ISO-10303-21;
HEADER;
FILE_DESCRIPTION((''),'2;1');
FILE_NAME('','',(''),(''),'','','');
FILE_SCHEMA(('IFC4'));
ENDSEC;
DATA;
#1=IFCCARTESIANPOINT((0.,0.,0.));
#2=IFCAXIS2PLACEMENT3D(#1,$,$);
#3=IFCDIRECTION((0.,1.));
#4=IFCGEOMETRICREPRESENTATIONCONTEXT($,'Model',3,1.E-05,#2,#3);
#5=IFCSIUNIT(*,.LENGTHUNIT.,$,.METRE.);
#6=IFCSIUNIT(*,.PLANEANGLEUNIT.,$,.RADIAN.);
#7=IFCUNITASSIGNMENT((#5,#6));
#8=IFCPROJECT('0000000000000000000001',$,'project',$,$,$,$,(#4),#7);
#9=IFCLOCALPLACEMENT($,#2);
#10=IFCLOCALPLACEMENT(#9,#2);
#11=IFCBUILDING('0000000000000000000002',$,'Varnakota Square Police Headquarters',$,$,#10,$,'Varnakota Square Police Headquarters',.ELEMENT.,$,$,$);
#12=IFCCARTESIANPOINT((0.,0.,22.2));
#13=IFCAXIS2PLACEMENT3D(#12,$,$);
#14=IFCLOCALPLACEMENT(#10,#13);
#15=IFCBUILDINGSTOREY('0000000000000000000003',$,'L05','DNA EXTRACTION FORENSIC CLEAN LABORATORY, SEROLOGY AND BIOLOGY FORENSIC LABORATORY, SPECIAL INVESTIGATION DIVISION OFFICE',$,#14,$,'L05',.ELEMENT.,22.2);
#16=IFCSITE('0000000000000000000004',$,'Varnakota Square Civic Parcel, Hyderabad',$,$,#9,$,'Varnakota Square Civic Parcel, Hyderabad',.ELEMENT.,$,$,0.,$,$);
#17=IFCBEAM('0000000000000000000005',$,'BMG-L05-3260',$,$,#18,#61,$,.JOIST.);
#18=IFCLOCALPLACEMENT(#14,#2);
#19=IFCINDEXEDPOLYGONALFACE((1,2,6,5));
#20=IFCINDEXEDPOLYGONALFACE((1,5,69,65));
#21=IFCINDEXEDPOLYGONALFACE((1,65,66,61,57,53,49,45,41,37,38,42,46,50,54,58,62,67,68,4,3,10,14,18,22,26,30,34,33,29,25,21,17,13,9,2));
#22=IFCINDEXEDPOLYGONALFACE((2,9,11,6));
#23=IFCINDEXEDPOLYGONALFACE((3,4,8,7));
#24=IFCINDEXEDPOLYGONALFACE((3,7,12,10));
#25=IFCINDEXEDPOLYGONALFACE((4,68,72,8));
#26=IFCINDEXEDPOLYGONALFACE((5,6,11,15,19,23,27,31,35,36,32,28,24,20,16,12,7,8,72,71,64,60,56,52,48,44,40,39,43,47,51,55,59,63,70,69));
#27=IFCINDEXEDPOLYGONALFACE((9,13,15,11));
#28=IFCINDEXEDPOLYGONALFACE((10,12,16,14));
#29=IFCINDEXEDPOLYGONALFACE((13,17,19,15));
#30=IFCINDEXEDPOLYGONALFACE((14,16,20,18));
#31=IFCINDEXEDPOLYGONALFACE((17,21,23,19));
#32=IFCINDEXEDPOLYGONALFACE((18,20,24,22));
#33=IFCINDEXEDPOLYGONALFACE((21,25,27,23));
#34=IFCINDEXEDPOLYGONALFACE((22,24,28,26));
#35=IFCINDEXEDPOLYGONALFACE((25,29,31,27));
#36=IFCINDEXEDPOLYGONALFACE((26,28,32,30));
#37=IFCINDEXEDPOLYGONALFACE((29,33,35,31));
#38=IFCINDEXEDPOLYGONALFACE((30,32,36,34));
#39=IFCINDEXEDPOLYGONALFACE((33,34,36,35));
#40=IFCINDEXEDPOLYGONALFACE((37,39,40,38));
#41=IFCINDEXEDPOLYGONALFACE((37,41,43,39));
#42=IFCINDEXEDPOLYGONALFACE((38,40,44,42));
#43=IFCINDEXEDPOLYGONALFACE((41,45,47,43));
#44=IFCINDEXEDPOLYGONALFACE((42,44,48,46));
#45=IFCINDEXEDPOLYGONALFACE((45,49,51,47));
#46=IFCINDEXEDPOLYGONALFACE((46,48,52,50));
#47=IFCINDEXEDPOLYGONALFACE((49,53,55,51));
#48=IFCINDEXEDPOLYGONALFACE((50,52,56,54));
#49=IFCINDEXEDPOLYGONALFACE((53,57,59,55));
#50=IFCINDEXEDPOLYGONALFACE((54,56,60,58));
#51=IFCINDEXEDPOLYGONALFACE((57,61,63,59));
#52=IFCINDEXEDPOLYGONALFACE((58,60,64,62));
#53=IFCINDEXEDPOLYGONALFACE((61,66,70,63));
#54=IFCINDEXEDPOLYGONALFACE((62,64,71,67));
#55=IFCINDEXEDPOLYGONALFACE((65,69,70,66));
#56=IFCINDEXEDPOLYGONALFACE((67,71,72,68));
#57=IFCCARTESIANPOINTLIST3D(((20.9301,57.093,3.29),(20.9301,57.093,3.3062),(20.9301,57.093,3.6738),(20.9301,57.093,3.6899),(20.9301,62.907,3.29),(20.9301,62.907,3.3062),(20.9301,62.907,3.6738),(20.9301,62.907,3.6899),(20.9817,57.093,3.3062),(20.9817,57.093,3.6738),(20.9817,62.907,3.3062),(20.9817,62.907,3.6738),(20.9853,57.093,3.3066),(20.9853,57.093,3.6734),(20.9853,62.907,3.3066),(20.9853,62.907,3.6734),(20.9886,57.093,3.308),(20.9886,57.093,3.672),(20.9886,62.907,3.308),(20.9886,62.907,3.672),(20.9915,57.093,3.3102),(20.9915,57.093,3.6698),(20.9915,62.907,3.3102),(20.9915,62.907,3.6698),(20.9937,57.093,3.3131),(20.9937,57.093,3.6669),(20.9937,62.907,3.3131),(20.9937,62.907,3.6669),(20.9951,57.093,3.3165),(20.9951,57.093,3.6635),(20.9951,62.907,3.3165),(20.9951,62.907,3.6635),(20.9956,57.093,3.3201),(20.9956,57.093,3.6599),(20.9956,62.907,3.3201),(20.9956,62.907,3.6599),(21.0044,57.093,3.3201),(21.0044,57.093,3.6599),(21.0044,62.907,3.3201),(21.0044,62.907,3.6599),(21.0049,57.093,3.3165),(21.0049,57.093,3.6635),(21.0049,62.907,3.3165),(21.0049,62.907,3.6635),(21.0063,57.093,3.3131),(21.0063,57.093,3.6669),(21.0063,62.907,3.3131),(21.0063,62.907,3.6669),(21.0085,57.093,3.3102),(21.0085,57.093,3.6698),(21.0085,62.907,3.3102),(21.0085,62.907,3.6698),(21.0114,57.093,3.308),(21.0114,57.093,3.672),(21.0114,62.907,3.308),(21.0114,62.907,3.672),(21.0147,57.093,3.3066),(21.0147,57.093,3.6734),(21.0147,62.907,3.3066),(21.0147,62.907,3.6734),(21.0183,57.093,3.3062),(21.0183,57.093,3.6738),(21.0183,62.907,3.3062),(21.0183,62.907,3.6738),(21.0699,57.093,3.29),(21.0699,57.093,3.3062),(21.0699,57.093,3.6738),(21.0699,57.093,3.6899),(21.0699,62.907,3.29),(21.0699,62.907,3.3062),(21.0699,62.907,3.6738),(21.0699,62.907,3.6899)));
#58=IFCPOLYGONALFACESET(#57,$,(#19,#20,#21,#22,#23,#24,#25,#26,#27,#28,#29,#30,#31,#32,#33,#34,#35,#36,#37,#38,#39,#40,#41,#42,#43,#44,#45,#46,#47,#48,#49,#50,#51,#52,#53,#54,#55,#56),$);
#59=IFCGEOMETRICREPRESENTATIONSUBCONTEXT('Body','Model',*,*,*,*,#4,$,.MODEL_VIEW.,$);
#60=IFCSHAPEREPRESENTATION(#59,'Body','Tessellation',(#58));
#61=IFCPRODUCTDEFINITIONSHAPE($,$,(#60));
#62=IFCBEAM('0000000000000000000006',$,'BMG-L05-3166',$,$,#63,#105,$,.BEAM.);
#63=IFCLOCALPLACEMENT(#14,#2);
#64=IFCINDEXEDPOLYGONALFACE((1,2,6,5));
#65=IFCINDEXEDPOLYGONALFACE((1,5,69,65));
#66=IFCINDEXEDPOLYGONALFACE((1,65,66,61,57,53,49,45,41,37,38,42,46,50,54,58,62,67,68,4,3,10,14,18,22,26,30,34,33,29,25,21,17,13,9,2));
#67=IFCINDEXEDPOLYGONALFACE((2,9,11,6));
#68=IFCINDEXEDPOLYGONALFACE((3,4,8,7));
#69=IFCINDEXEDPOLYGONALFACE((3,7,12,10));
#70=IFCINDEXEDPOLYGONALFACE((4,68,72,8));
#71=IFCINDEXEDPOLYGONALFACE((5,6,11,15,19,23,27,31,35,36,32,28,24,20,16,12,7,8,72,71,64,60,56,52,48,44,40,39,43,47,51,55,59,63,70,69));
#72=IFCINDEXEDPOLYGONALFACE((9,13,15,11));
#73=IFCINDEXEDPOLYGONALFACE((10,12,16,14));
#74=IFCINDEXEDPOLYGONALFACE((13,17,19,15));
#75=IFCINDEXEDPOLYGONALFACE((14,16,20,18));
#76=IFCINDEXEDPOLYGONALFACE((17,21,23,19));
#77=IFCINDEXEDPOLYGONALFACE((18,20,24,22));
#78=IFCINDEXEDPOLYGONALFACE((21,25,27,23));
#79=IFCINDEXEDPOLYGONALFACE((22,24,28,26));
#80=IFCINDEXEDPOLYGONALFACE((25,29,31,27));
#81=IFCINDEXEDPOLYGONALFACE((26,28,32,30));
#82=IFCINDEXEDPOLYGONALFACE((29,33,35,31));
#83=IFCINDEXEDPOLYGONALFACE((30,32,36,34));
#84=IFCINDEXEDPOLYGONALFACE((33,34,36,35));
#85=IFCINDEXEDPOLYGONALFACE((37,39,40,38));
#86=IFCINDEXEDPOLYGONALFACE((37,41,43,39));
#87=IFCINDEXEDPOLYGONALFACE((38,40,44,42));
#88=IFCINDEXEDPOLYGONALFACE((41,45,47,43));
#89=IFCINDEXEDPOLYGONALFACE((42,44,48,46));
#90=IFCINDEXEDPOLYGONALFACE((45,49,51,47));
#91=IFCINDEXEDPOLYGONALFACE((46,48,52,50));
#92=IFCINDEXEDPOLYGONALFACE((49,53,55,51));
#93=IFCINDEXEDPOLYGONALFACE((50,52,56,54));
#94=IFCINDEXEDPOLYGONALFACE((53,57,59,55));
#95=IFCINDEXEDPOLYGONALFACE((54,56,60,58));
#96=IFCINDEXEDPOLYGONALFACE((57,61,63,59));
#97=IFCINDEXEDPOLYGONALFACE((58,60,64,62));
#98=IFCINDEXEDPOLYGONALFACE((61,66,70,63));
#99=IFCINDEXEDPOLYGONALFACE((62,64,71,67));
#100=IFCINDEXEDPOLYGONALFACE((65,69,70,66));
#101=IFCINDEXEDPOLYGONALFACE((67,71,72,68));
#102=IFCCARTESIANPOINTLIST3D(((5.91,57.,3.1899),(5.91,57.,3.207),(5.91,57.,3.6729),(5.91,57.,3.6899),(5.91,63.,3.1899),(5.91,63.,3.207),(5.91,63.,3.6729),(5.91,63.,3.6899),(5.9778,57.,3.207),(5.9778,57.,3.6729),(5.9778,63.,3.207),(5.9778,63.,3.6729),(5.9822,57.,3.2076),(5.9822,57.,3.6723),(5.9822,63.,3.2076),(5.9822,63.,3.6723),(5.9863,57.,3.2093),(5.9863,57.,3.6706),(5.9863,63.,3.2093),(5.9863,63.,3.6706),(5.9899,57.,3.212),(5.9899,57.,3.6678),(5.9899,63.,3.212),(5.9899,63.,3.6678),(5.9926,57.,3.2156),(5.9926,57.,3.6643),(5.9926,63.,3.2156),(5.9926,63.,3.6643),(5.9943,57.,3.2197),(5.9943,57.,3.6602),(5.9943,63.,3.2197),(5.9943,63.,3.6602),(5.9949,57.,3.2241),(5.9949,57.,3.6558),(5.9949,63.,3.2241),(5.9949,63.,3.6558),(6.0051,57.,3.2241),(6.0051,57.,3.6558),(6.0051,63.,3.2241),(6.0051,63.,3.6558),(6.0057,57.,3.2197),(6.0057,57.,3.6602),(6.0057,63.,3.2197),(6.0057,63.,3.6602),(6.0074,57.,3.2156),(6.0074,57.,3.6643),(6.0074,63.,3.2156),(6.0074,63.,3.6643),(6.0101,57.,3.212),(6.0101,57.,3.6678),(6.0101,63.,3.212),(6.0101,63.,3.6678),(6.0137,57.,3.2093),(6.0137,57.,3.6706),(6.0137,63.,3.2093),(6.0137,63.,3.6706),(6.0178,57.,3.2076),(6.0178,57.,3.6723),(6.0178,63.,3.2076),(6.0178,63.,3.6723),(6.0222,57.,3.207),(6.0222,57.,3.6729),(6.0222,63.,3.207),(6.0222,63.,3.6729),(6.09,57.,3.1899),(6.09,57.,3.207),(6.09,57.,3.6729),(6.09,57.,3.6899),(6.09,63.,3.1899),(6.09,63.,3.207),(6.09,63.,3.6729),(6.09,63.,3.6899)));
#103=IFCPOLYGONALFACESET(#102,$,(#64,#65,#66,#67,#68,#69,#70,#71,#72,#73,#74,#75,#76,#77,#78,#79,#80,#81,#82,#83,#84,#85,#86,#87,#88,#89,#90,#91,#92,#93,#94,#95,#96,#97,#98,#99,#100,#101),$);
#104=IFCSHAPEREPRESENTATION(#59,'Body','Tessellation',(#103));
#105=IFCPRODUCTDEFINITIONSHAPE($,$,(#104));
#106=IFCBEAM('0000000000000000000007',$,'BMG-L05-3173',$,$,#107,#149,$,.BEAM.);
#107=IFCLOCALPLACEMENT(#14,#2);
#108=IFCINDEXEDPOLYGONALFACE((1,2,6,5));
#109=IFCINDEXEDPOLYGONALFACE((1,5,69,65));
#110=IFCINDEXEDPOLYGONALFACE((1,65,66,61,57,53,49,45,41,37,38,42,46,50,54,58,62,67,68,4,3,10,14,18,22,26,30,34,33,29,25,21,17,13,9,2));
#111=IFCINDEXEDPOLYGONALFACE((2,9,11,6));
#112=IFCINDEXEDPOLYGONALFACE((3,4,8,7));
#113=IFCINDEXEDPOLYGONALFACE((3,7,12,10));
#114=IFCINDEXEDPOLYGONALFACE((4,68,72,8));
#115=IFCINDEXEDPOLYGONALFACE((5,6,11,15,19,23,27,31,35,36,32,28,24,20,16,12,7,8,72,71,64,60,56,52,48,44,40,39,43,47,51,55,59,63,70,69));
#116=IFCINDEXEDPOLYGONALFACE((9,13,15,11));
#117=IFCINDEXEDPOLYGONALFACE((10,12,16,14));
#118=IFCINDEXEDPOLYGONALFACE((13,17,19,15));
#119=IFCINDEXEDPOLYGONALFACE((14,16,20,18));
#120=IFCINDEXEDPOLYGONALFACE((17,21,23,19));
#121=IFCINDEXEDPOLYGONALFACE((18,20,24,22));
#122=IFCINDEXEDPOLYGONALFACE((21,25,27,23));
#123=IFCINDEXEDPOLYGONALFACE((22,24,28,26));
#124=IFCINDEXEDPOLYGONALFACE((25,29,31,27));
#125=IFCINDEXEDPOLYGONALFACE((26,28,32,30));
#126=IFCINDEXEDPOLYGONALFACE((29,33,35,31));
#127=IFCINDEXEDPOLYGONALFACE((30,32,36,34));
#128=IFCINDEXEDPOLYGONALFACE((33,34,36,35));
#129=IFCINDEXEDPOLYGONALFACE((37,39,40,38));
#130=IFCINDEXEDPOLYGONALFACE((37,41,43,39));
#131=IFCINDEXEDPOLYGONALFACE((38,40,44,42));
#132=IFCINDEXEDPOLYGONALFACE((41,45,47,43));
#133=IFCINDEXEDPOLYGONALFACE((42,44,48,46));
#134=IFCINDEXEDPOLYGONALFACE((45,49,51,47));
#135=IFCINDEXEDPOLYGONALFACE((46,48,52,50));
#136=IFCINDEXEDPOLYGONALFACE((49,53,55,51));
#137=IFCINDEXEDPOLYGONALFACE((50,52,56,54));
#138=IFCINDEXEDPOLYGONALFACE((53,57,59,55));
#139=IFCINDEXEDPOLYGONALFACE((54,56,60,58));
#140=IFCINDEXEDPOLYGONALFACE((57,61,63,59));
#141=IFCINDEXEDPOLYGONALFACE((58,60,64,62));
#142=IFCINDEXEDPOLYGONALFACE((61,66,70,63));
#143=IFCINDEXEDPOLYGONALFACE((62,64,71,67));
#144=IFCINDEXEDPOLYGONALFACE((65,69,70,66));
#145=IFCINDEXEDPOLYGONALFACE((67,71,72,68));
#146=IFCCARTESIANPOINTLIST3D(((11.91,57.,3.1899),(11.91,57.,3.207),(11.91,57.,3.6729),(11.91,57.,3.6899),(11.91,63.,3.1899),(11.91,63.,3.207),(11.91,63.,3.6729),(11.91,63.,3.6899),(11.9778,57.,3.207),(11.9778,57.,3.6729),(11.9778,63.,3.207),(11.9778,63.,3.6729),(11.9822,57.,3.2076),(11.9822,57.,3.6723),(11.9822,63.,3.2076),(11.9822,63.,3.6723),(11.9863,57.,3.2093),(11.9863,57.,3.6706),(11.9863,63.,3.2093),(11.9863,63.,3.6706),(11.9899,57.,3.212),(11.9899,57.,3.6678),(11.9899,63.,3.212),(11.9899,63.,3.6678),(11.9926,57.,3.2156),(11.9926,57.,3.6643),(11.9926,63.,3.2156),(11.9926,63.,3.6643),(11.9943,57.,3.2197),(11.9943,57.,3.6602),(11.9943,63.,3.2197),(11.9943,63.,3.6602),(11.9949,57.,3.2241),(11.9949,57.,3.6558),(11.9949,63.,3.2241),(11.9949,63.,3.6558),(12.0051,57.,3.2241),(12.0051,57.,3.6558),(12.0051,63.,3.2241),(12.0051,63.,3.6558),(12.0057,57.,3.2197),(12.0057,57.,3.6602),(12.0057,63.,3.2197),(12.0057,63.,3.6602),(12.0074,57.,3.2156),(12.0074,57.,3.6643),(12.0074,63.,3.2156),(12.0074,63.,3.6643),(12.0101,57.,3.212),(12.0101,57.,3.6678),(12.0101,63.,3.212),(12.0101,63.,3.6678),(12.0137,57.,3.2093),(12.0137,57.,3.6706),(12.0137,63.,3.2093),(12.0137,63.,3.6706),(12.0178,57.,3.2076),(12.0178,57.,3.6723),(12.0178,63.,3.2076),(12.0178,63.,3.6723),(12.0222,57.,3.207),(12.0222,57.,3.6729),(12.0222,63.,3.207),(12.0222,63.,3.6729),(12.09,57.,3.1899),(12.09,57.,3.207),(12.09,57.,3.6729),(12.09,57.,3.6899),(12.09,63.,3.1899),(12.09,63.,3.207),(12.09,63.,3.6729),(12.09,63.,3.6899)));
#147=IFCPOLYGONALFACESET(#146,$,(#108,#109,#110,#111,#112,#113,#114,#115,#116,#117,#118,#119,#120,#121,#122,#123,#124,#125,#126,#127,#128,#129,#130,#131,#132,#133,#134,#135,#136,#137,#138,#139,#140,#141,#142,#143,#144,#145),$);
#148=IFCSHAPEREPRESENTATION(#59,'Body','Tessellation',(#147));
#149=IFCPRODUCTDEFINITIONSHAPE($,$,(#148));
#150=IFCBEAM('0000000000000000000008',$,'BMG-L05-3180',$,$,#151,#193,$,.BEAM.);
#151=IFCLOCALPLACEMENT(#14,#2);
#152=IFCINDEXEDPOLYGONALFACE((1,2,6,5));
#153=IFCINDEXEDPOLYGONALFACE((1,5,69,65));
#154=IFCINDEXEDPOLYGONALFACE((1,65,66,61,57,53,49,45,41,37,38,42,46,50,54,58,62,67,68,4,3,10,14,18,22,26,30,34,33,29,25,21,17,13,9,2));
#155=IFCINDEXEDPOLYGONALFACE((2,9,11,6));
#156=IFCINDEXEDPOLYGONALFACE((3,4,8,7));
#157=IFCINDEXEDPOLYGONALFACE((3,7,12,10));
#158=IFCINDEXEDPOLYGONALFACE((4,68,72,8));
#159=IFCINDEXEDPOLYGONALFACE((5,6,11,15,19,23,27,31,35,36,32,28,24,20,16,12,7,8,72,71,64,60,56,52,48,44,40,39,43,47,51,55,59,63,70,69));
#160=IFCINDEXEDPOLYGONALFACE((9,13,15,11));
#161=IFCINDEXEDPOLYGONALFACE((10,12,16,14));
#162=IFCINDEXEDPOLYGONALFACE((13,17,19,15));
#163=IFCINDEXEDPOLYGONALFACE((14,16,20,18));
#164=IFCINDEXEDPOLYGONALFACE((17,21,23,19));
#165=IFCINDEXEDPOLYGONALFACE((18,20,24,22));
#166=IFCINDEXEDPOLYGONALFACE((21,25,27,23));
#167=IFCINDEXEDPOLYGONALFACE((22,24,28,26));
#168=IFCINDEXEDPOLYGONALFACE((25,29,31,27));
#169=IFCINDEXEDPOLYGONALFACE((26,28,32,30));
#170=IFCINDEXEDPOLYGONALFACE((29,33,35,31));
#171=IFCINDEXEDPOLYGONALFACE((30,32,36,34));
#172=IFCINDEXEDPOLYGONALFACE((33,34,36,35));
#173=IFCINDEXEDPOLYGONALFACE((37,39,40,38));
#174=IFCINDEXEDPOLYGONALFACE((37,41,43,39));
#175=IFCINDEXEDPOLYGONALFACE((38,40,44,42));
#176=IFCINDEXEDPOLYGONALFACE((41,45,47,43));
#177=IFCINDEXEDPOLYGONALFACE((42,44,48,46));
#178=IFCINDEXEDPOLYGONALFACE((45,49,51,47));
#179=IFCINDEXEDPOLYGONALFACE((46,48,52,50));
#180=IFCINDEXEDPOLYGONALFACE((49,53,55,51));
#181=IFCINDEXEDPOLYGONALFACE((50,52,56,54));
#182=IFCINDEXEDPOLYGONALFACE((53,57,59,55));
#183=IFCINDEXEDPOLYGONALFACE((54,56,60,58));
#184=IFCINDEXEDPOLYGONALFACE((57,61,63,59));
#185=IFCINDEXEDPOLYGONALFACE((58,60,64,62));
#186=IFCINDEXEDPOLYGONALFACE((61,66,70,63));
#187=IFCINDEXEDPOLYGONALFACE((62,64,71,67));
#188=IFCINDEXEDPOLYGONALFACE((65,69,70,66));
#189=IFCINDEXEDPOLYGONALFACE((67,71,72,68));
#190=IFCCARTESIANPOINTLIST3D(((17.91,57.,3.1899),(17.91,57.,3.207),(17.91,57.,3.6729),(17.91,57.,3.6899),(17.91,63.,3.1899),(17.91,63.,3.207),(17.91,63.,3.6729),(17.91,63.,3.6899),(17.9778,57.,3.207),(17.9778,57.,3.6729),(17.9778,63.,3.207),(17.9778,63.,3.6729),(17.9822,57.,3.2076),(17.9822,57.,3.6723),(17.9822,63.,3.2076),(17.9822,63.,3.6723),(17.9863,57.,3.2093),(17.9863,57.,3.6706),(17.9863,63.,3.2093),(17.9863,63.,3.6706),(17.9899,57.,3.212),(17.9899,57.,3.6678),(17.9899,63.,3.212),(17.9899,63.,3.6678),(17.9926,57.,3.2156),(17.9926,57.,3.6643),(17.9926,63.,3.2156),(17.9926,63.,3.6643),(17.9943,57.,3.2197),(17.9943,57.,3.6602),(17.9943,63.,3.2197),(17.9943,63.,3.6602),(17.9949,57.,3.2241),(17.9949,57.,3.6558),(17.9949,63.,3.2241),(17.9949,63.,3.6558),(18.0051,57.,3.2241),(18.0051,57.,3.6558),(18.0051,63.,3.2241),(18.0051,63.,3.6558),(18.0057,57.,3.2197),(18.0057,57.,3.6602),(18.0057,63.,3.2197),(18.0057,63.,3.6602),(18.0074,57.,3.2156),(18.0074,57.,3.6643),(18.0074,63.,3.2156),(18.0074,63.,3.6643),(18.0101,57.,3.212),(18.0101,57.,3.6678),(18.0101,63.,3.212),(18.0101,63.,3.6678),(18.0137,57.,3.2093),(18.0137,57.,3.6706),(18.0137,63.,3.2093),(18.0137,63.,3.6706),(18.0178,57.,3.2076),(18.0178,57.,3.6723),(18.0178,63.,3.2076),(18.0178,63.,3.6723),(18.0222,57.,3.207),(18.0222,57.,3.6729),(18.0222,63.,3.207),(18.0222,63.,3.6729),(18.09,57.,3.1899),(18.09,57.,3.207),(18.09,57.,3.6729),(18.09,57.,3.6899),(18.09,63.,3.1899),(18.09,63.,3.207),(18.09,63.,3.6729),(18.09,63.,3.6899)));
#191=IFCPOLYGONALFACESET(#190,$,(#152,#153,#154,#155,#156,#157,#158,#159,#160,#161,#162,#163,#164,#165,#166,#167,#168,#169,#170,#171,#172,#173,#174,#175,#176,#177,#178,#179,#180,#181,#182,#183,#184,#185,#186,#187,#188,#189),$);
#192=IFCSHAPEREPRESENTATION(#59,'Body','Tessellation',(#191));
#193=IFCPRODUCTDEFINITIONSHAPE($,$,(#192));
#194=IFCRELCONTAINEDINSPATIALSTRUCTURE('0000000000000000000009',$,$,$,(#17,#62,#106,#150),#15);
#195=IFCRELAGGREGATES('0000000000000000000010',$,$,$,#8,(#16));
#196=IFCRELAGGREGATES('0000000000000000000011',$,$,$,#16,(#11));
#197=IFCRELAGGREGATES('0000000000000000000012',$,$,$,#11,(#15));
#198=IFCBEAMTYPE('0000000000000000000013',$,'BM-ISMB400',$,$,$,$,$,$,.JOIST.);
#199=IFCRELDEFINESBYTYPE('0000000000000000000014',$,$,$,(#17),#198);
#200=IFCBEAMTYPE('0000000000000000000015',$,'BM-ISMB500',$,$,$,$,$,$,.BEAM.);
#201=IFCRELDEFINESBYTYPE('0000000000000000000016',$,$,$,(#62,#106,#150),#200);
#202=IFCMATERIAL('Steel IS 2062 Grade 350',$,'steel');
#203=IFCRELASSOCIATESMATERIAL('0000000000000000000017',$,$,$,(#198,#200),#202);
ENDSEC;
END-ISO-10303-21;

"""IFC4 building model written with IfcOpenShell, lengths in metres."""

from ifc_helpers import new_model, si_unit, direction, frame, origin, origin_2d, place, context, subcontext, project, spatial, i_section, extrude, material, material_profile, profile_set, type_object, element, save


model = new_model("IFC4")

# Units and contexts
model_context = context("Model", 3, precision=1e-05, world=origin(), true_north=direction((0.0, 1.0)))
body_context = subcontext(model_context, "Body", "Model", "MODEL_VIEW")
ifc_project = project(units=[si_unit("LENGTHUNIT", "METRE"), si_unit("PLANEANGLEUNIT", "RADIAN")], contexts=[model_context])

# Site, building, storey
site_placement = place(None, origin())
site = spatial("IfcSite", under=ifc_project, at=site_placement, Name="Varnakota Square Civic Parcel, Hyderabad", LongName="Varnakota Square Civic Parcel, Hyderabad", CompositionType="ELEMENT", RefElevation=0.0)
building_placement = place(site_placement, origin())
building = spatial("IfcBuilding", under=site, at=building_placement, Name="Varnakota Square Police Headquarters", LongName="Varnakota Square Police Headquarters", CompositionType="ELEMENT")
storey_placement = place(building_placement, frame((0.0, 0.0, 22.2)))
storey = spatial("IfcBuildingStorey", under=building, at=storey_placement, Name="L05", Description="DNA EXTRACTION FORENSIC CLEAN LABORATORY, SEROLOGY AND BIOLOGY FORENSIC LABORATORY, SPECIAL INVESTIGATION DIVISION OFFICE", LongName="L05", CompositionType="ELEMENT", Elevation=22.2)

# Shared definitions
ifc_material_1 = material(Name="Steel IS 2062 Grade 350", Category="steel")

# Beams
ifc_material_profile_1 = material_profile(ifc_material_1, i_section(OverallWidth=0.1399, OverallDepth=0.3999, WebThickness=0.0088, FlangeThickness=0.0161, FilletRadius=0.0139, at=origin_2d()), Name="ISMB 400")
ifc_profile_set_1 = profile_set([ifc_material_profile_1], Name="Steel IS 2062 Grade 350")
beam_type_1 = type_object("IfcBeamType", Name="BM-ISMB400", PredefinedType="JOIST", material=ifc_profile_set_1)
beam_1_placement = place(storey_placement, frame((21.0, 57.093, 3.49), z_axis=(0.0, 1.0, 0.0), x_axis=(-1.0, 0.0, 0.0)))
element("IfcBeam", 1, at=beam_1_placement, inside=storey, type_object=beam_type_1, Name="BMG-L05-3260", PredefinedType="JOIST", context=body_context, shape_type="SweptSolid", body=[
    extrude(i_section(OverallWidth=0.1399, OverallDepth=0.3999, WebThickness=0.0088, FlangeThickness=0.0161, FilletRadius=0.0139, at=origin_2d()), origin(), (0.0, 0.0, 1.0), 5.814),
])
ifc_material_profile_2 = material_profile(ifc_material_1, i_section(OverallWidth=0.1799, OverallDepth=0.5, WebThickness=0.0103, FlangeThickness=0.0171, FilletRadius=0.0171, at=origin_2d()), Name="ISMB 500")
ifc_profile_set_2 = profile_set([ifc_material_profile_2], Name="Steel IS 2062 Grade 350")
beam_type_2 = type_object("IfcBeamType", Name="BM-ISMB500", PredefinedType="BEAM", material=ifc_profile_set_2)
for number, where, z_axis, x_axis, name in (
    (2, (6.0, 57.0, 3.4399), (0.0, 1.0, 0.0), (-1.0, 0.0, 0.0), "BMG-L05-3166"),
    (3, (12.0, 57.0, 3.4399), (0.0, 1.0, 0.0), (-1.0, 0.0, 0.0), "BMG-L05-3173"),
    (4, (18.0, 57.0, 3.4399), (0.0, 1.0, 0.0), (-1.0, 0.0, 0.0), "BMG-L05-3180"),
):
    element("IfcBeam", number, at=place(storey_placement, frame(where, z_axis=z_axis, x_axis=x_axis)), inside=storey, type_object=beam_type_2, Name=name, PredefinedType="BEAM", context=body_context, shape_type="SweptSolid", body=[
        extrude(i_section(OverallWidth=0.1799, OverallDepth=0.5, WebThickness=0.0103, FlangeThickness=0.0171, FilletRadius=0.0171, at=origin_2d()), origin(), (0.0, 0.0, 1.0), 6.0),
    ])

save(model, "model.ifc")
